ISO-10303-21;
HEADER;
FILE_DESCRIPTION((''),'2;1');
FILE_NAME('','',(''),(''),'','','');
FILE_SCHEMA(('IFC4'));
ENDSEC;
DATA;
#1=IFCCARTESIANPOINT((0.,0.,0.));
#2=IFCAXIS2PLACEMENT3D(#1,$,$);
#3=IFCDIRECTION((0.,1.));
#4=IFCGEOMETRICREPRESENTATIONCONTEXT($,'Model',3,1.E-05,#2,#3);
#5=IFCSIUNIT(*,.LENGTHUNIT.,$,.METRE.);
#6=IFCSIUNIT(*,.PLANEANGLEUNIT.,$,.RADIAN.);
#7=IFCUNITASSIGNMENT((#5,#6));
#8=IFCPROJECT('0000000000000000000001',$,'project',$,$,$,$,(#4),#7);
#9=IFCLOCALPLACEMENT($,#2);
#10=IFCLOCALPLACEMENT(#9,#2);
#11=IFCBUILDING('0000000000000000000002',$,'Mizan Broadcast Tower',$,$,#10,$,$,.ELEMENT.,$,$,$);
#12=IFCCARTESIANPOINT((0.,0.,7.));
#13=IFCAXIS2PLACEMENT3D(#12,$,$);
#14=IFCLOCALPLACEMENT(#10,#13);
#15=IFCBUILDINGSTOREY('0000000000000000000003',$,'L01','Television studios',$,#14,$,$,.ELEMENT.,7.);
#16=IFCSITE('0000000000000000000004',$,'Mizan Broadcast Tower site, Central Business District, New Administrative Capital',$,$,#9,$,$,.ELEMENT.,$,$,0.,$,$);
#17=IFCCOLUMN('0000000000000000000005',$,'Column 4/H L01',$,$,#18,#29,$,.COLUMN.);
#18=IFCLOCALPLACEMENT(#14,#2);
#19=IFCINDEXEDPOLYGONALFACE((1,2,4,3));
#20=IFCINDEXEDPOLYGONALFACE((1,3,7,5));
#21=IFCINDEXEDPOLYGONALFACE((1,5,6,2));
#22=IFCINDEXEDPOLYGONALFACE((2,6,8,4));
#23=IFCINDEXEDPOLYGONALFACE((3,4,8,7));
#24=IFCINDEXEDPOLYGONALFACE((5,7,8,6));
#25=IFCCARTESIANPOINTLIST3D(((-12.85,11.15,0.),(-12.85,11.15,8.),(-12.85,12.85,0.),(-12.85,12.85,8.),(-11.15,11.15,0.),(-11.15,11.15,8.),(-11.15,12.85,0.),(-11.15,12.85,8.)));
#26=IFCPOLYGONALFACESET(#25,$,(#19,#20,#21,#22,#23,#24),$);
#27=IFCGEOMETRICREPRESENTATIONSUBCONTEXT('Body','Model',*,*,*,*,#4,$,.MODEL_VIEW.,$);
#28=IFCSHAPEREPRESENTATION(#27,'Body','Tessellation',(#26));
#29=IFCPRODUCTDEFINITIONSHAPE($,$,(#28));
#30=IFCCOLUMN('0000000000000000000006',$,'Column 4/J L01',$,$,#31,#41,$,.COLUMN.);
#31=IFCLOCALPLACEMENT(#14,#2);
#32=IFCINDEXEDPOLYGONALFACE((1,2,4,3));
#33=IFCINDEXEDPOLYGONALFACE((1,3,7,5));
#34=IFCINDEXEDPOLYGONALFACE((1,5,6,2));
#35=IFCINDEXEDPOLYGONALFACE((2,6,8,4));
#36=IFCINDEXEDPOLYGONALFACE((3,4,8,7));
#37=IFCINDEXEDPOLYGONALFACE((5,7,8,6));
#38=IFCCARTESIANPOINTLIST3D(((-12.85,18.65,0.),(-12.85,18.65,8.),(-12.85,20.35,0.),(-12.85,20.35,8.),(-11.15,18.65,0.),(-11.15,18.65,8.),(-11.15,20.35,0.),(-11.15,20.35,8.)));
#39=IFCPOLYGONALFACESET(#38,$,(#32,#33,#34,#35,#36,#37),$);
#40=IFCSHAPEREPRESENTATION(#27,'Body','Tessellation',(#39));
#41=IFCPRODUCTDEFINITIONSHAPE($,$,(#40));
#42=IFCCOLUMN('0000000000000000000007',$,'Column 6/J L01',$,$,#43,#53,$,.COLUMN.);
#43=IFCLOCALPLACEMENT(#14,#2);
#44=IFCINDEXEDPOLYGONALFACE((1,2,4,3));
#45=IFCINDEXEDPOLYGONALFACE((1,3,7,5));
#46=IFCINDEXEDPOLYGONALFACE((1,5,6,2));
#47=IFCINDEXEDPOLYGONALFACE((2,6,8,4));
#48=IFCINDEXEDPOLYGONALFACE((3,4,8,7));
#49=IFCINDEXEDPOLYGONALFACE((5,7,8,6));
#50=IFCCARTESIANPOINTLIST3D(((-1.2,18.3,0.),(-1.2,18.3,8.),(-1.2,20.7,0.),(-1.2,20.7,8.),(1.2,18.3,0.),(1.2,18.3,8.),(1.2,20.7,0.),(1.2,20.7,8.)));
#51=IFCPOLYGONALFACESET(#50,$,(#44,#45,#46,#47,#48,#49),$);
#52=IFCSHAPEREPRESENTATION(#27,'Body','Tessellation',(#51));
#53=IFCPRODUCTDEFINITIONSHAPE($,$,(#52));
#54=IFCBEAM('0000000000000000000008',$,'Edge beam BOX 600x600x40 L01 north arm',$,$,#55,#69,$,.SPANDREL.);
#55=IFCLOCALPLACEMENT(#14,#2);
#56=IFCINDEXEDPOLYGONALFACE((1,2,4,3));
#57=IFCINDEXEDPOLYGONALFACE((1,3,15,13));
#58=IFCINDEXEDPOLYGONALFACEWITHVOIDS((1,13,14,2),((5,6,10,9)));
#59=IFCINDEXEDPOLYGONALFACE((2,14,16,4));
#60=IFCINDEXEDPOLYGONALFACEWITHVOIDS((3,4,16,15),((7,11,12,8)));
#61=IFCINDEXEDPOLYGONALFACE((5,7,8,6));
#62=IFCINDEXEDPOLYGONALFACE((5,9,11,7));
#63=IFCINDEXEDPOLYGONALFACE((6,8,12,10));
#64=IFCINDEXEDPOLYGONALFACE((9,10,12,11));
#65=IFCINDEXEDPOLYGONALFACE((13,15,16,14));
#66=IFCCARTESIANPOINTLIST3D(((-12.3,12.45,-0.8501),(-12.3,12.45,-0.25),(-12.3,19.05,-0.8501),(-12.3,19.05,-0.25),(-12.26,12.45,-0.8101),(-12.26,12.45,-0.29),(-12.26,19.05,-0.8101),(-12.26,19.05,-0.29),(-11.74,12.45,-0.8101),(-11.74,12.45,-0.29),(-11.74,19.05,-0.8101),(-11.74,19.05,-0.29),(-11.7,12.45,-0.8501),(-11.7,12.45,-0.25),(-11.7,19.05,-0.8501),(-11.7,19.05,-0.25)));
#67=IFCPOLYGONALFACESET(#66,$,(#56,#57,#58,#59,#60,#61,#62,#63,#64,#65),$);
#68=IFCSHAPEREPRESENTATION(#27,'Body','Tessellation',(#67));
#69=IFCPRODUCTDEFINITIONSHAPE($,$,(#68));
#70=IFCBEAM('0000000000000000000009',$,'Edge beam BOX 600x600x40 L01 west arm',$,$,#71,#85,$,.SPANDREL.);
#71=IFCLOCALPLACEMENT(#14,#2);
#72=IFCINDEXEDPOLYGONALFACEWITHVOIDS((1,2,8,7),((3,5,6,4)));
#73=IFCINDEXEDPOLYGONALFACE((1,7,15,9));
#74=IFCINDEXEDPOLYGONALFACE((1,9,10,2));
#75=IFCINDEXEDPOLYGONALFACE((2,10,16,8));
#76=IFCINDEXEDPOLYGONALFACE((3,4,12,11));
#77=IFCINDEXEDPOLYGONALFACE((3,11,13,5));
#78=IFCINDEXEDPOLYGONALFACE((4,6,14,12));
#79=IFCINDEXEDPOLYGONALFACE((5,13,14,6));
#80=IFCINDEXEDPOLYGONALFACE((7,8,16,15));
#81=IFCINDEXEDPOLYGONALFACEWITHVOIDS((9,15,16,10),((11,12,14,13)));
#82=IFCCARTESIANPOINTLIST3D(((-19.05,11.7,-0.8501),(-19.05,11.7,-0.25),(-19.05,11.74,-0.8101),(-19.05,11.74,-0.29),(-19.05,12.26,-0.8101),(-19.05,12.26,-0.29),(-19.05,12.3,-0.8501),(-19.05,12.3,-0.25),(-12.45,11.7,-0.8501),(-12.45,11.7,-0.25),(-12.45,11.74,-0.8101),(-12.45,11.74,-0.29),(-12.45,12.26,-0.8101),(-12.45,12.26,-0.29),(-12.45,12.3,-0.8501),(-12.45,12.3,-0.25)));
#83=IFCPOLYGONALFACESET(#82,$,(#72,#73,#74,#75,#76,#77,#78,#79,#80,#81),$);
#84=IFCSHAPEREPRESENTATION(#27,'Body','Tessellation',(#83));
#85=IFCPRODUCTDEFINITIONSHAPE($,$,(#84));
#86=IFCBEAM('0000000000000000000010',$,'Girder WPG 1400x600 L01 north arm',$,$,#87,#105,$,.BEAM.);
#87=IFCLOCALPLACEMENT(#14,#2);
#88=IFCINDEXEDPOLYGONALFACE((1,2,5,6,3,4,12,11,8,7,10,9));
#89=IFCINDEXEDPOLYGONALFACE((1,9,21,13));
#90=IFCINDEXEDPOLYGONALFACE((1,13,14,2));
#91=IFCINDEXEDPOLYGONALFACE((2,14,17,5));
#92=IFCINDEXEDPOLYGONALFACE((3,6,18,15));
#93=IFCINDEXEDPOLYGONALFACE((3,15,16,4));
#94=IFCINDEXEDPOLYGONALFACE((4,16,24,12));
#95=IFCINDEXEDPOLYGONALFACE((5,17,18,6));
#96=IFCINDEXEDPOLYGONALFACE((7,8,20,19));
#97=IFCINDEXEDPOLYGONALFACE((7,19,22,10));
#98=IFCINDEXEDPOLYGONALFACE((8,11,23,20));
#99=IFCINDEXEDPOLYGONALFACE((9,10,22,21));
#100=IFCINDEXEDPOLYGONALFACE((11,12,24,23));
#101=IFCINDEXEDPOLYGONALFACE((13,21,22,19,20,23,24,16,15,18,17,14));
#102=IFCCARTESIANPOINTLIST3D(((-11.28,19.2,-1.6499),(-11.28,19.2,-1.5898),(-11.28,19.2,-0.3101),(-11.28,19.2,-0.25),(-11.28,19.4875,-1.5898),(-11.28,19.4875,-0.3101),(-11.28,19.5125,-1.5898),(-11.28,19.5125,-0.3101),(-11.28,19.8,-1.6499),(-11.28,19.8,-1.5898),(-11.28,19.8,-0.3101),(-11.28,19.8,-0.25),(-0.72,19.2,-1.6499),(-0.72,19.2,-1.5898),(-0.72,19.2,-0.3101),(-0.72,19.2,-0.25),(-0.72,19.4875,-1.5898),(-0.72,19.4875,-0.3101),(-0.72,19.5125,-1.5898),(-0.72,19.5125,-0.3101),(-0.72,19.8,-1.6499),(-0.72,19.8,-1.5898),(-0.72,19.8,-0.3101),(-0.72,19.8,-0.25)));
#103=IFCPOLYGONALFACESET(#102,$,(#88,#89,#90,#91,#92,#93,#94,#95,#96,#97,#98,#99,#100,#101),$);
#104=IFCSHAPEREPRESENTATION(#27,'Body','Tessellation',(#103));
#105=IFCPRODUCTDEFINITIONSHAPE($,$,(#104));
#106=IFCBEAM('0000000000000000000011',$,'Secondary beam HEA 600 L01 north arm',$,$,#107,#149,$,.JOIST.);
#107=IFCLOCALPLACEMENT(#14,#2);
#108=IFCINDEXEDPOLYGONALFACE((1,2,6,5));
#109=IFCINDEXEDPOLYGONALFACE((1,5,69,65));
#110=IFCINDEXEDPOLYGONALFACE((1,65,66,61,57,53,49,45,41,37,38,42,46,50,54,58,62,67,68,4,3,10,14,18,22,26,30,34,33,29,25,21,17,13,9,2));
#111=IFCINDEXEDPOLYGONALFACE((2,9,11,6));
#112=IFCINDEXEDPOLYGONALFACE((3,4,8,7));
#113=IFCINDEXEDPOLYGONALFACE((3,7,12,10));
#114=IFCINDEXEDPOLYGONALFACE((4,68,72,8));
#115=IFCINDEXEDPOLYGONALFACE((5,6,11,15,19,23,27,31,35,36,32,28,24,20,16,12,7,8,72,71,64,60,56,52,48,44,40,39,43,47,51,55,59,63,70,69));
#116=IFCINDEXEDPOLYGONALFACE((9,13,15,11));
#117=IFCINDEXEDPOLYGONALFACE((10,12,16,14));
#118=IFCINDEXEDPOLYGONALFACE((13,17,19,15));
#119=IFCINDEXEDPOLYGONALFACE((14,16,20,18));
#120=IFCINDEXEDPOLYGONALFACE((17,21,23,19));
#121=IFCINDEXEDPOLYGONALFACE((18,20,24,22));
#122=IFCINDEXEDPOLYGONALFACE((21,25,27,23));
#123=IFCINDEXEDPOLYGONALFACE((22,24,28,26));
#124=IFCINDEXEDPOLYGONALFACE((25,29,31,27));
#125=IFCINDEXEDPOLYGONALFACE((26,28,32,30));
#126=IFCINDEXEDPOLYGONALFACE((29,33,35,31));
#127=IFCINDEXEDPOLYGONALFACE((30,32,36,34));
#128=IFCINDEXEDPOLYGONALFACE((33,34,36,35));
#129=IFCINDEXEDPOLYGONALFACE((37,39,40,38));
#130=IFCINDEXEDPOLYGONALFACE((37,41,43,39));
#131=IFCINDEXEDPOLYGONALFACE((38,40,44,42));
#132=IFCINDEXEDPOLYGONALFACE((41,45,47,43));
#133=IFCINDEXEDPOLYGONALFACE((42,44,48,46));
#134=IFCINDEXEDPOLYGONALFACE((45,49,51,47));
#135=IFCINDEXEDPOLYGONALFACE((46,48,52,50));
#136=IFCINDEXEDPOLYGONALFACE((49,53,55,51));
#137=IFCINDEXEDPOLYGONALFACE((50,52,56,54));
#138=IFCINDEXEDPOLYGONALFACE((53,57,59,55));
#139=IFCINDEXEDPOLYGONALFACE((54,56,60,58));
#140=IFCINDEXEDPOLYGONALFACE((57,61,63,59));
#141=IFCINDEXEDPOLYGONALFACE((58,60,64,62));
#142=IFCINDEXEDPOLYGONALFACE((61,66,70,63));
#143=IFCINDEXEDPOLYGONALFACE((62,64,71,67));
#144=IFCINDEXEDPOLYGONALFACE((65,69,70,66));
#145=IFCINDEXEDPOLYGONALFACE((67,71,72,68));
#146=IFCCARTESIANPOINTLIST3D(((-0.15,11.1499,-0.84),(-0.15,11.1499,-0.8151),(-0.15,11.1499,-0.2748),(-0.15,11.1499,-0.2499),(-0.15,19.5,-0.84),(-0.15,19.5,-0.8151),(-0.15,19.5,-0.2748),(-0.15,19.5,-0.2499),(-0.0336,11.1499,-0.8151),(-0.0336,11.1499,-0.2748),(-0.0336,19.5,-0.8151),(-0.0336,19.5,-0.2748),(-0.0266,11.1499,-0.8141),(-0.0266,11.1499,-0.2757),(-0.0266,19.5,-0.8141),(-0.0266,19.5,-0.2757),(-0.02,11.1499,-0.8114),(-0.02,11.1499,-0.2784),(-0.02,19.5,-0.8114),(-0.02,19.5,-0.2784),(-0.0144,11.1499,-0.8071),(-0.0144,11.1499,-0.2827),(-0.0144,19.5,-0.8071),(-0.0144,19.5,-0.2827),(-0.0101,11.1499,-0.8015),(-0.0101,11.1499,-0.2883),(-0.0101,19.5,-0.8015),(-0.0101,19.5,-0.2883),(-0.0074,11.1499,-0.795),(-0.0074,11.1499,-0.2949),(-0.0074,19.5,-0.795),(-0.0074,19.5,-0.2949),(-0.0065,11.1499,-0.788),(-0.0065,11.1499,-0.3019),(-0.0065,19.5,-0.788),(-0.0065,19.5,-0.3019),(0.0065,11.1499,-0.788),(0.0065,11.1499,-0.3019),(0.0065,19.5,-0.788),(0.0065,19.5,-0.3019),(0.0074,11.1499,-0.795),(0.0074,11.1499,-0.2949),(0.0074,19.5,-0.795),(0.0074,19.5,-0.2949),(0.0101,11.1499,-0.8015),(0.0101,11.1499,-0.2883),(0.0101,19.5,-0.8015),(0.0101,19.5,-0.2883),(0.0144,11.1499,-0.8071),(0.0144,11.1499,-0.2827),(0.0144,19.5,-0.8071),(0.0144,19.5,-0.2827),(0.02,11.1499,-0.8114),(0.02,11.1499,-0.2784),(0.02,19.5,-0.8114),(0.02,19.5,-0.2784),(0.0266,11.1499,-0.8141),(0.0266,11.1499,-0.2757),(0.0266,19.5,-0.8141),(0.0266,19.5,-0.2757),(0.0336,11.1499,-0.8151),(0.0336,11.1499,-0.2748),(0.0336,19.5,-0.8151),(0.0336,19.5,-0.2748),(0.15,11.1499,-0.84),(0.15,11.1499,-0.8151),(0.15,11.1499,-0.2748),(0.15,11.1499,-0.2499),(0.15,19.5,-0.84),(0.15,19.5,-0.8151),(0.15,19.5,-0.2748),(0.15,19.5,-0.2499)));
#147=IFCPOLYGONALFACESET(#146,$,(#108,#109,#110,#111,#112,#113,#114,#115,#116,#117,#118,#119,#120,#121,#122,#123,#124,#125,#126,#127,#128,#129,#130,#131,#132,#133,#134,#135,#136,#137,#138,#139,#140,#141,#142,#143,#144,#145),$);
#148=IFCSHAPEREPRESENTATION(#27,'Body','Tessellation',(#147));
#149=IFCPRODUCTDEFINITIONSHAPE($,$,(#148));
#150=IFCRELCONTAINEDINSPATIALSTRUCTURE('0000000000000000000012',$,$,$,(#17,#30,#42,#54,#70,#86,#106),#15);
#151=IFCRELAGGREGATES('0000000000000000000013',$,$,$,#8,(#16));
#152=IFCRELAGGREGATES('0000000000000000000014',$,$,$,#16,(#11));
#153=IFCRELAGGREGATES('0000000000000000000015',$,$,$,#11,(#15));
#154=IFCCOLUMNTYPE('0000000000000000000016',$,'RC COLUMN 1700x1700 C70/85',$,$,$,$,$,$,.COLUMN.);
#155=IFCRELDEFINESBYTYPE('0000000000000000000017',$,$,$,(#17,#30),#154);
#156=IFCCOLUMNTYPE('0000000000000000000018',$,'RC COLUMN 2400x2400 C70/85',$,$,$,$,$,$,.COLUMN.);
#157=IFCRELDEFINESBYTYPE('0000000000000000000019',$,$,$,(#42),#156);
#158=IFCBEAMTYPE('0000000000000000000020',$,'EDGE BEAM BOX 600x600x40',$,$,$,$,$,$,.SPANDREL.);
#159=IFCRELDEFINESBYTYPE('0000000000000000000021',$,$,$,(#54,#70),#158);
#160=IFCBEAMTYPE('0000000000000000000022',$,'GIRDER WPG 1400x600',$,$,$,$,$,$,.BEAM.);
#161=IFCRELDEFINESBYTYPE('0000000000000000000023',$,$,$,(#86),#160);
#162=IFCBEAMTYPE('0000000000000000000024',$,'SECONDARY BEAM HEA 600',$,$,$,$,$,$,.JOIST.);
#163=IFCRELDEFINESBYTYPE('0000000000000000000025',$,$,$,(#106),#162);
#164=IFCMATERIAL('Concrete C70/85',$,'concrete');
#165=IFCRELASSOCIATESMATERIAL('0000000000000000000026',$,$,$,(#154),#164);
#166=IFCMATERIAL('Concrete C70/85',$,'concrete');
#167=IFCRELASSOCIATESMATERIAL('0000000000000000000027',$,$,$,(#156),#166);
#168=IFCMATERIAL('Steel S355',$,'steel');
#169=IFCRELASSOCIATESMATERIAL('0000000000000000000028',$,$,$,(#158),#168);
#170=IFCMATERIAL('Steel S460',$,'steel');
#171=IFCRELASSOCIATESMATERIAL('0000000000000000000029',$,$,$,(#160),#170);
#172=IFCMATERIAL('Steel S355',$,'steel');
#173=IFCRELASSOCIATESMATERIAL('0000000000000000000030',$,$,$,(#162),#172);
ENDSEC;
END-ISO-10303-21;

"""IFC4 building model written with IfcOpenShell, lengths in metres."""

from ifc_helpers import new_model, si_unit, direction, frame, origin, origin_2d, place, context, subcontext, project, spatial, rectangle, hollow_rectangle, i_section, extrude, material, material_profile, profile_set, type_object, element, save


model = new_model("IFC4")

# Units and contexts
model_context = context("Model", 3, precision=1e-05, world=origin(), true_north=direction((0.0, 1.0)))
body_context = subcontext(model_context, "Body", "Model", "MODEL_VIEW")
ifc_project = project(units=[si_unit("LENGTHUNIT", "METRE"), si_unit("PLANEANGLEUNIT", "RADIAN")], contexts=[model_context])

# Site, building, storey
site_placement = place(None, origin())
site = spatial("IfcSite", under=ifc_project, at=site_placement, Name="Mizan Broadcast Tower site, Central Business District, New Administrative Capital", CompositionType="ELEMENT", RefElevation=0.0)
building_placement = place(site_placement, origin())
building = spatial("IfcBuilding", under=site, at=building_placement, Name="Mizan Broadcast Tower", CompositionType="ELEMENT")
storey_placement = place(building_placement, frame((0.0, 0.0, 7.0)))
storey = spatial("IfcBuildingStorey", under=building, at=storey_placement, Name="L01", Description="Television studios", CompositionType="ELEMENT", Elevation=7.0)

# Columns
ifc_material_1 = material(Name="Concrete C70/85", Category="concrete")
ifc_material_profile_1 = material_profile(ifc_material_1, rectangle(XDim=1.7, YDim=1.7, at=origin_2d()), Name="RC 1700x1700")
ifc_profile_set_1 = profile_set([ifc_material_profile_1], Name="Concrete C70/85")
column_type_1 = type_object("IfcColumnType", Name="RC COLUMN 1700x1700 C70/85", PredefinedType="COLUMN", material=ifc_profile_set_1)
for number, where, z_axis, x_axis, name in (
    (1, (-12.0, 12.0, 0.0), (0.0, 0.0, 1.0), (1.0, 0.0, 0.0), "Column 4/H L01"),
    (2, (-12.0, 19.5, 0.0), (0.0, 0.0, 1.0), (1.0, 0.0, 0.0), "Column 4/J L01"),
):
    element("IfcColumn", number, at=place(storey_placement, frame(where, z_axis=z_axis, x_axis=x_axis)), inside=storey, type_object=column_type_1, Name=name, PredefinedType="COLUMN", context=body_context, shape_type="SweptSolid", body=[
        extrude(rectangle(XDim=1.7, YDim=1.7, at=origin_2d()), origin(), (0.0, 0.0, 1.0), 8.0),
    ])
ifc_material_2 = material(Name="Concrete C70/85", Category="concrete")
ifc_material_profile_2 = material_profile(ifc_material_2, rectangle(XDim=2.3999, YDim=2.3999, at=origin_2d()), Name="RC 2400x2400")
ifc_profile_set_2 = profile_set([ifc_material_profile_2], Name="Concrete C70/85")
column_type_2 = type_object("IfcColumnType", Name="RC COLUMN 2400x2400 C70/85", PredefinedType="COLUMN", material=ifc_profile_set_2)
column_placement = place(storey_placement, frame((0.0, 19.5, 0.0), z_axis=(0.0, 0.0, 1.0), x_axis=(1.0, 0.0, 0.0)))
element("IfcColumn", 3, at=column_placement, inside=storey, type_object=column_type_2, Name="Column 6/J L01", PredefinedType="COLUMN", context=body_context, shape_type="SweptSolid", body=[
    extrude(rectangle(XDim=2.3999, YDim=2.3999, at=origin_2d()), origin(), (0.0, 0.0, 1.0), 8.0),
])

# Beams
ifc_material_3 = material(Name="Steel S355", Category="steel")
ifc_material_profile_3 = material_profile(ifc_material_3, hollow_rectangle(XDim=0.6001, YDim=0.6001, WallThickness=0.04, at=origin_2d()), Name="BOX 600x600x40")
ifc_profile_set_3 = profile_set([ifc_material_profile_3], Name="Steel S355")
beam_type_1 = type_object("IfcBeamType", Name="EDGE BEAM BOX 600x600x40", PredefinedType="SPANDREL", material=ifc_profile_set_3)
for number, where, z_axis, x_axis, name in (
    (4, (-12.0, 12.45, -0.55), (0.0, 1.0, 0.0), (-1.0, 0.0, 0.0), "Edge beam BOX 600x600x40 L01 north arm"),
    (5, (-12.45, 12.0, -0.55), (-1.0, 0.0, 0.0), (0.0, -1.0, 0.0), "Edge beam BOX 600x600x40 L01 west arm"),
):
    element("IfcBeam", number, at=place(storey_placement, frame(where, z_axis=z_axis, x_axis=x_axis)), inside=storey, type_object=beam_type_1, Name=name, PredefinedType="SPANDREL", context=body_context, shape_type="SweptSolid", body=[
        extrude(hollow_rectangle(XDim=0.6001, YDim=0.6001, WallThickness=0.04, at=origin_2d()), origin(), (0.0, 0.0, 1.0), 6.6001),
    ])
ifc_material_4 = material(Name="Steel S460", Category="steel")
ifc_material_profile_4 = material_profile(ifc_material_4, i_section(OverallWidth=0.6001, OverallDepth=1.3999, WebThickness=0.0249, FlangeThickness=0.0601, at=origin_2d()), Name="WPG 1400x600")
ifc_profile_set_4 = profile_set([ifc_material_profile_4], Name="Steel S460")
beam_type_2 = type_object("IfcBeamType", Name="GIRDER WPG 1400x600", PredefinedType="BEAM", material=ifc_profile_set_4)
beam_1_placement = place(storey_placement, frame((-0.72, 19.5, -0.95), z_axis=(-1.0, 0.0, 0.0), x_axis=(0.0, -1.0, 0.0)))
element("IfcBeam", 6, at=beam_1_placement, inside=storey, type_object=beam_type_2, Name="Girder WPG 1400x600 L01 north arm", PredefinedType="BEAM", context=body_context, shape_type="SweptSolid", body=[
    extrude(i_section(OverallWidth=0.6001, OverallDepth=1.3999, WebThickness=0.0249, FlangeThickness=0.0601, at=origin_2d()), origin(), (0.0, 0.0, 1.0), 10.5601),
])
ifc_material_5 = material(Name="Steel S355", Category="steel")
ifc_material_profile_5 = material_profile(ifc_material_5, i_section(OverallWidth=0.3, OverallDepth=0.5901, WebThickness=0.0129, FlangeThickness=0.0249, FilletRadius=0.0271, at=origin_2d()), Name="HEA 600")
ifc_profile_set_5 = profile_set([ifc_material_profile_5], Name="Steel S355")
beam_type_3 = type_object("IfcBeamType", Name="SECONDARY BEAM HEA 600", PredefinedType="JOIST", material=ifc_profile_set_5)
beam_2_placement = place(storey_placement, frame((0.0, 11.1499, -0.5449), z_axis=(0.0, 1.0, 0.0), x_axis=(-1.0, 0.0, 0.0)))
element("IfcBeam", 7, at=beam_2_placement, inside=storey, type_object=beam_type_3, Name="Secondary beam HEA 600 L01 north arm", PredefinedType="JOIST", context=body_context, shape_type="SweptSolid", body=[
    extrude(i_section(OverallWidth=0.3, OverallDepth=0.5901, WebThickness=0.0129, FlangeThickness=0.0249, FilletRadius=0.0271, at=origin_2d()), origin(), (0.0, 0.0, 1.0), 8.3501),
])

save(model, "model.ifc")
